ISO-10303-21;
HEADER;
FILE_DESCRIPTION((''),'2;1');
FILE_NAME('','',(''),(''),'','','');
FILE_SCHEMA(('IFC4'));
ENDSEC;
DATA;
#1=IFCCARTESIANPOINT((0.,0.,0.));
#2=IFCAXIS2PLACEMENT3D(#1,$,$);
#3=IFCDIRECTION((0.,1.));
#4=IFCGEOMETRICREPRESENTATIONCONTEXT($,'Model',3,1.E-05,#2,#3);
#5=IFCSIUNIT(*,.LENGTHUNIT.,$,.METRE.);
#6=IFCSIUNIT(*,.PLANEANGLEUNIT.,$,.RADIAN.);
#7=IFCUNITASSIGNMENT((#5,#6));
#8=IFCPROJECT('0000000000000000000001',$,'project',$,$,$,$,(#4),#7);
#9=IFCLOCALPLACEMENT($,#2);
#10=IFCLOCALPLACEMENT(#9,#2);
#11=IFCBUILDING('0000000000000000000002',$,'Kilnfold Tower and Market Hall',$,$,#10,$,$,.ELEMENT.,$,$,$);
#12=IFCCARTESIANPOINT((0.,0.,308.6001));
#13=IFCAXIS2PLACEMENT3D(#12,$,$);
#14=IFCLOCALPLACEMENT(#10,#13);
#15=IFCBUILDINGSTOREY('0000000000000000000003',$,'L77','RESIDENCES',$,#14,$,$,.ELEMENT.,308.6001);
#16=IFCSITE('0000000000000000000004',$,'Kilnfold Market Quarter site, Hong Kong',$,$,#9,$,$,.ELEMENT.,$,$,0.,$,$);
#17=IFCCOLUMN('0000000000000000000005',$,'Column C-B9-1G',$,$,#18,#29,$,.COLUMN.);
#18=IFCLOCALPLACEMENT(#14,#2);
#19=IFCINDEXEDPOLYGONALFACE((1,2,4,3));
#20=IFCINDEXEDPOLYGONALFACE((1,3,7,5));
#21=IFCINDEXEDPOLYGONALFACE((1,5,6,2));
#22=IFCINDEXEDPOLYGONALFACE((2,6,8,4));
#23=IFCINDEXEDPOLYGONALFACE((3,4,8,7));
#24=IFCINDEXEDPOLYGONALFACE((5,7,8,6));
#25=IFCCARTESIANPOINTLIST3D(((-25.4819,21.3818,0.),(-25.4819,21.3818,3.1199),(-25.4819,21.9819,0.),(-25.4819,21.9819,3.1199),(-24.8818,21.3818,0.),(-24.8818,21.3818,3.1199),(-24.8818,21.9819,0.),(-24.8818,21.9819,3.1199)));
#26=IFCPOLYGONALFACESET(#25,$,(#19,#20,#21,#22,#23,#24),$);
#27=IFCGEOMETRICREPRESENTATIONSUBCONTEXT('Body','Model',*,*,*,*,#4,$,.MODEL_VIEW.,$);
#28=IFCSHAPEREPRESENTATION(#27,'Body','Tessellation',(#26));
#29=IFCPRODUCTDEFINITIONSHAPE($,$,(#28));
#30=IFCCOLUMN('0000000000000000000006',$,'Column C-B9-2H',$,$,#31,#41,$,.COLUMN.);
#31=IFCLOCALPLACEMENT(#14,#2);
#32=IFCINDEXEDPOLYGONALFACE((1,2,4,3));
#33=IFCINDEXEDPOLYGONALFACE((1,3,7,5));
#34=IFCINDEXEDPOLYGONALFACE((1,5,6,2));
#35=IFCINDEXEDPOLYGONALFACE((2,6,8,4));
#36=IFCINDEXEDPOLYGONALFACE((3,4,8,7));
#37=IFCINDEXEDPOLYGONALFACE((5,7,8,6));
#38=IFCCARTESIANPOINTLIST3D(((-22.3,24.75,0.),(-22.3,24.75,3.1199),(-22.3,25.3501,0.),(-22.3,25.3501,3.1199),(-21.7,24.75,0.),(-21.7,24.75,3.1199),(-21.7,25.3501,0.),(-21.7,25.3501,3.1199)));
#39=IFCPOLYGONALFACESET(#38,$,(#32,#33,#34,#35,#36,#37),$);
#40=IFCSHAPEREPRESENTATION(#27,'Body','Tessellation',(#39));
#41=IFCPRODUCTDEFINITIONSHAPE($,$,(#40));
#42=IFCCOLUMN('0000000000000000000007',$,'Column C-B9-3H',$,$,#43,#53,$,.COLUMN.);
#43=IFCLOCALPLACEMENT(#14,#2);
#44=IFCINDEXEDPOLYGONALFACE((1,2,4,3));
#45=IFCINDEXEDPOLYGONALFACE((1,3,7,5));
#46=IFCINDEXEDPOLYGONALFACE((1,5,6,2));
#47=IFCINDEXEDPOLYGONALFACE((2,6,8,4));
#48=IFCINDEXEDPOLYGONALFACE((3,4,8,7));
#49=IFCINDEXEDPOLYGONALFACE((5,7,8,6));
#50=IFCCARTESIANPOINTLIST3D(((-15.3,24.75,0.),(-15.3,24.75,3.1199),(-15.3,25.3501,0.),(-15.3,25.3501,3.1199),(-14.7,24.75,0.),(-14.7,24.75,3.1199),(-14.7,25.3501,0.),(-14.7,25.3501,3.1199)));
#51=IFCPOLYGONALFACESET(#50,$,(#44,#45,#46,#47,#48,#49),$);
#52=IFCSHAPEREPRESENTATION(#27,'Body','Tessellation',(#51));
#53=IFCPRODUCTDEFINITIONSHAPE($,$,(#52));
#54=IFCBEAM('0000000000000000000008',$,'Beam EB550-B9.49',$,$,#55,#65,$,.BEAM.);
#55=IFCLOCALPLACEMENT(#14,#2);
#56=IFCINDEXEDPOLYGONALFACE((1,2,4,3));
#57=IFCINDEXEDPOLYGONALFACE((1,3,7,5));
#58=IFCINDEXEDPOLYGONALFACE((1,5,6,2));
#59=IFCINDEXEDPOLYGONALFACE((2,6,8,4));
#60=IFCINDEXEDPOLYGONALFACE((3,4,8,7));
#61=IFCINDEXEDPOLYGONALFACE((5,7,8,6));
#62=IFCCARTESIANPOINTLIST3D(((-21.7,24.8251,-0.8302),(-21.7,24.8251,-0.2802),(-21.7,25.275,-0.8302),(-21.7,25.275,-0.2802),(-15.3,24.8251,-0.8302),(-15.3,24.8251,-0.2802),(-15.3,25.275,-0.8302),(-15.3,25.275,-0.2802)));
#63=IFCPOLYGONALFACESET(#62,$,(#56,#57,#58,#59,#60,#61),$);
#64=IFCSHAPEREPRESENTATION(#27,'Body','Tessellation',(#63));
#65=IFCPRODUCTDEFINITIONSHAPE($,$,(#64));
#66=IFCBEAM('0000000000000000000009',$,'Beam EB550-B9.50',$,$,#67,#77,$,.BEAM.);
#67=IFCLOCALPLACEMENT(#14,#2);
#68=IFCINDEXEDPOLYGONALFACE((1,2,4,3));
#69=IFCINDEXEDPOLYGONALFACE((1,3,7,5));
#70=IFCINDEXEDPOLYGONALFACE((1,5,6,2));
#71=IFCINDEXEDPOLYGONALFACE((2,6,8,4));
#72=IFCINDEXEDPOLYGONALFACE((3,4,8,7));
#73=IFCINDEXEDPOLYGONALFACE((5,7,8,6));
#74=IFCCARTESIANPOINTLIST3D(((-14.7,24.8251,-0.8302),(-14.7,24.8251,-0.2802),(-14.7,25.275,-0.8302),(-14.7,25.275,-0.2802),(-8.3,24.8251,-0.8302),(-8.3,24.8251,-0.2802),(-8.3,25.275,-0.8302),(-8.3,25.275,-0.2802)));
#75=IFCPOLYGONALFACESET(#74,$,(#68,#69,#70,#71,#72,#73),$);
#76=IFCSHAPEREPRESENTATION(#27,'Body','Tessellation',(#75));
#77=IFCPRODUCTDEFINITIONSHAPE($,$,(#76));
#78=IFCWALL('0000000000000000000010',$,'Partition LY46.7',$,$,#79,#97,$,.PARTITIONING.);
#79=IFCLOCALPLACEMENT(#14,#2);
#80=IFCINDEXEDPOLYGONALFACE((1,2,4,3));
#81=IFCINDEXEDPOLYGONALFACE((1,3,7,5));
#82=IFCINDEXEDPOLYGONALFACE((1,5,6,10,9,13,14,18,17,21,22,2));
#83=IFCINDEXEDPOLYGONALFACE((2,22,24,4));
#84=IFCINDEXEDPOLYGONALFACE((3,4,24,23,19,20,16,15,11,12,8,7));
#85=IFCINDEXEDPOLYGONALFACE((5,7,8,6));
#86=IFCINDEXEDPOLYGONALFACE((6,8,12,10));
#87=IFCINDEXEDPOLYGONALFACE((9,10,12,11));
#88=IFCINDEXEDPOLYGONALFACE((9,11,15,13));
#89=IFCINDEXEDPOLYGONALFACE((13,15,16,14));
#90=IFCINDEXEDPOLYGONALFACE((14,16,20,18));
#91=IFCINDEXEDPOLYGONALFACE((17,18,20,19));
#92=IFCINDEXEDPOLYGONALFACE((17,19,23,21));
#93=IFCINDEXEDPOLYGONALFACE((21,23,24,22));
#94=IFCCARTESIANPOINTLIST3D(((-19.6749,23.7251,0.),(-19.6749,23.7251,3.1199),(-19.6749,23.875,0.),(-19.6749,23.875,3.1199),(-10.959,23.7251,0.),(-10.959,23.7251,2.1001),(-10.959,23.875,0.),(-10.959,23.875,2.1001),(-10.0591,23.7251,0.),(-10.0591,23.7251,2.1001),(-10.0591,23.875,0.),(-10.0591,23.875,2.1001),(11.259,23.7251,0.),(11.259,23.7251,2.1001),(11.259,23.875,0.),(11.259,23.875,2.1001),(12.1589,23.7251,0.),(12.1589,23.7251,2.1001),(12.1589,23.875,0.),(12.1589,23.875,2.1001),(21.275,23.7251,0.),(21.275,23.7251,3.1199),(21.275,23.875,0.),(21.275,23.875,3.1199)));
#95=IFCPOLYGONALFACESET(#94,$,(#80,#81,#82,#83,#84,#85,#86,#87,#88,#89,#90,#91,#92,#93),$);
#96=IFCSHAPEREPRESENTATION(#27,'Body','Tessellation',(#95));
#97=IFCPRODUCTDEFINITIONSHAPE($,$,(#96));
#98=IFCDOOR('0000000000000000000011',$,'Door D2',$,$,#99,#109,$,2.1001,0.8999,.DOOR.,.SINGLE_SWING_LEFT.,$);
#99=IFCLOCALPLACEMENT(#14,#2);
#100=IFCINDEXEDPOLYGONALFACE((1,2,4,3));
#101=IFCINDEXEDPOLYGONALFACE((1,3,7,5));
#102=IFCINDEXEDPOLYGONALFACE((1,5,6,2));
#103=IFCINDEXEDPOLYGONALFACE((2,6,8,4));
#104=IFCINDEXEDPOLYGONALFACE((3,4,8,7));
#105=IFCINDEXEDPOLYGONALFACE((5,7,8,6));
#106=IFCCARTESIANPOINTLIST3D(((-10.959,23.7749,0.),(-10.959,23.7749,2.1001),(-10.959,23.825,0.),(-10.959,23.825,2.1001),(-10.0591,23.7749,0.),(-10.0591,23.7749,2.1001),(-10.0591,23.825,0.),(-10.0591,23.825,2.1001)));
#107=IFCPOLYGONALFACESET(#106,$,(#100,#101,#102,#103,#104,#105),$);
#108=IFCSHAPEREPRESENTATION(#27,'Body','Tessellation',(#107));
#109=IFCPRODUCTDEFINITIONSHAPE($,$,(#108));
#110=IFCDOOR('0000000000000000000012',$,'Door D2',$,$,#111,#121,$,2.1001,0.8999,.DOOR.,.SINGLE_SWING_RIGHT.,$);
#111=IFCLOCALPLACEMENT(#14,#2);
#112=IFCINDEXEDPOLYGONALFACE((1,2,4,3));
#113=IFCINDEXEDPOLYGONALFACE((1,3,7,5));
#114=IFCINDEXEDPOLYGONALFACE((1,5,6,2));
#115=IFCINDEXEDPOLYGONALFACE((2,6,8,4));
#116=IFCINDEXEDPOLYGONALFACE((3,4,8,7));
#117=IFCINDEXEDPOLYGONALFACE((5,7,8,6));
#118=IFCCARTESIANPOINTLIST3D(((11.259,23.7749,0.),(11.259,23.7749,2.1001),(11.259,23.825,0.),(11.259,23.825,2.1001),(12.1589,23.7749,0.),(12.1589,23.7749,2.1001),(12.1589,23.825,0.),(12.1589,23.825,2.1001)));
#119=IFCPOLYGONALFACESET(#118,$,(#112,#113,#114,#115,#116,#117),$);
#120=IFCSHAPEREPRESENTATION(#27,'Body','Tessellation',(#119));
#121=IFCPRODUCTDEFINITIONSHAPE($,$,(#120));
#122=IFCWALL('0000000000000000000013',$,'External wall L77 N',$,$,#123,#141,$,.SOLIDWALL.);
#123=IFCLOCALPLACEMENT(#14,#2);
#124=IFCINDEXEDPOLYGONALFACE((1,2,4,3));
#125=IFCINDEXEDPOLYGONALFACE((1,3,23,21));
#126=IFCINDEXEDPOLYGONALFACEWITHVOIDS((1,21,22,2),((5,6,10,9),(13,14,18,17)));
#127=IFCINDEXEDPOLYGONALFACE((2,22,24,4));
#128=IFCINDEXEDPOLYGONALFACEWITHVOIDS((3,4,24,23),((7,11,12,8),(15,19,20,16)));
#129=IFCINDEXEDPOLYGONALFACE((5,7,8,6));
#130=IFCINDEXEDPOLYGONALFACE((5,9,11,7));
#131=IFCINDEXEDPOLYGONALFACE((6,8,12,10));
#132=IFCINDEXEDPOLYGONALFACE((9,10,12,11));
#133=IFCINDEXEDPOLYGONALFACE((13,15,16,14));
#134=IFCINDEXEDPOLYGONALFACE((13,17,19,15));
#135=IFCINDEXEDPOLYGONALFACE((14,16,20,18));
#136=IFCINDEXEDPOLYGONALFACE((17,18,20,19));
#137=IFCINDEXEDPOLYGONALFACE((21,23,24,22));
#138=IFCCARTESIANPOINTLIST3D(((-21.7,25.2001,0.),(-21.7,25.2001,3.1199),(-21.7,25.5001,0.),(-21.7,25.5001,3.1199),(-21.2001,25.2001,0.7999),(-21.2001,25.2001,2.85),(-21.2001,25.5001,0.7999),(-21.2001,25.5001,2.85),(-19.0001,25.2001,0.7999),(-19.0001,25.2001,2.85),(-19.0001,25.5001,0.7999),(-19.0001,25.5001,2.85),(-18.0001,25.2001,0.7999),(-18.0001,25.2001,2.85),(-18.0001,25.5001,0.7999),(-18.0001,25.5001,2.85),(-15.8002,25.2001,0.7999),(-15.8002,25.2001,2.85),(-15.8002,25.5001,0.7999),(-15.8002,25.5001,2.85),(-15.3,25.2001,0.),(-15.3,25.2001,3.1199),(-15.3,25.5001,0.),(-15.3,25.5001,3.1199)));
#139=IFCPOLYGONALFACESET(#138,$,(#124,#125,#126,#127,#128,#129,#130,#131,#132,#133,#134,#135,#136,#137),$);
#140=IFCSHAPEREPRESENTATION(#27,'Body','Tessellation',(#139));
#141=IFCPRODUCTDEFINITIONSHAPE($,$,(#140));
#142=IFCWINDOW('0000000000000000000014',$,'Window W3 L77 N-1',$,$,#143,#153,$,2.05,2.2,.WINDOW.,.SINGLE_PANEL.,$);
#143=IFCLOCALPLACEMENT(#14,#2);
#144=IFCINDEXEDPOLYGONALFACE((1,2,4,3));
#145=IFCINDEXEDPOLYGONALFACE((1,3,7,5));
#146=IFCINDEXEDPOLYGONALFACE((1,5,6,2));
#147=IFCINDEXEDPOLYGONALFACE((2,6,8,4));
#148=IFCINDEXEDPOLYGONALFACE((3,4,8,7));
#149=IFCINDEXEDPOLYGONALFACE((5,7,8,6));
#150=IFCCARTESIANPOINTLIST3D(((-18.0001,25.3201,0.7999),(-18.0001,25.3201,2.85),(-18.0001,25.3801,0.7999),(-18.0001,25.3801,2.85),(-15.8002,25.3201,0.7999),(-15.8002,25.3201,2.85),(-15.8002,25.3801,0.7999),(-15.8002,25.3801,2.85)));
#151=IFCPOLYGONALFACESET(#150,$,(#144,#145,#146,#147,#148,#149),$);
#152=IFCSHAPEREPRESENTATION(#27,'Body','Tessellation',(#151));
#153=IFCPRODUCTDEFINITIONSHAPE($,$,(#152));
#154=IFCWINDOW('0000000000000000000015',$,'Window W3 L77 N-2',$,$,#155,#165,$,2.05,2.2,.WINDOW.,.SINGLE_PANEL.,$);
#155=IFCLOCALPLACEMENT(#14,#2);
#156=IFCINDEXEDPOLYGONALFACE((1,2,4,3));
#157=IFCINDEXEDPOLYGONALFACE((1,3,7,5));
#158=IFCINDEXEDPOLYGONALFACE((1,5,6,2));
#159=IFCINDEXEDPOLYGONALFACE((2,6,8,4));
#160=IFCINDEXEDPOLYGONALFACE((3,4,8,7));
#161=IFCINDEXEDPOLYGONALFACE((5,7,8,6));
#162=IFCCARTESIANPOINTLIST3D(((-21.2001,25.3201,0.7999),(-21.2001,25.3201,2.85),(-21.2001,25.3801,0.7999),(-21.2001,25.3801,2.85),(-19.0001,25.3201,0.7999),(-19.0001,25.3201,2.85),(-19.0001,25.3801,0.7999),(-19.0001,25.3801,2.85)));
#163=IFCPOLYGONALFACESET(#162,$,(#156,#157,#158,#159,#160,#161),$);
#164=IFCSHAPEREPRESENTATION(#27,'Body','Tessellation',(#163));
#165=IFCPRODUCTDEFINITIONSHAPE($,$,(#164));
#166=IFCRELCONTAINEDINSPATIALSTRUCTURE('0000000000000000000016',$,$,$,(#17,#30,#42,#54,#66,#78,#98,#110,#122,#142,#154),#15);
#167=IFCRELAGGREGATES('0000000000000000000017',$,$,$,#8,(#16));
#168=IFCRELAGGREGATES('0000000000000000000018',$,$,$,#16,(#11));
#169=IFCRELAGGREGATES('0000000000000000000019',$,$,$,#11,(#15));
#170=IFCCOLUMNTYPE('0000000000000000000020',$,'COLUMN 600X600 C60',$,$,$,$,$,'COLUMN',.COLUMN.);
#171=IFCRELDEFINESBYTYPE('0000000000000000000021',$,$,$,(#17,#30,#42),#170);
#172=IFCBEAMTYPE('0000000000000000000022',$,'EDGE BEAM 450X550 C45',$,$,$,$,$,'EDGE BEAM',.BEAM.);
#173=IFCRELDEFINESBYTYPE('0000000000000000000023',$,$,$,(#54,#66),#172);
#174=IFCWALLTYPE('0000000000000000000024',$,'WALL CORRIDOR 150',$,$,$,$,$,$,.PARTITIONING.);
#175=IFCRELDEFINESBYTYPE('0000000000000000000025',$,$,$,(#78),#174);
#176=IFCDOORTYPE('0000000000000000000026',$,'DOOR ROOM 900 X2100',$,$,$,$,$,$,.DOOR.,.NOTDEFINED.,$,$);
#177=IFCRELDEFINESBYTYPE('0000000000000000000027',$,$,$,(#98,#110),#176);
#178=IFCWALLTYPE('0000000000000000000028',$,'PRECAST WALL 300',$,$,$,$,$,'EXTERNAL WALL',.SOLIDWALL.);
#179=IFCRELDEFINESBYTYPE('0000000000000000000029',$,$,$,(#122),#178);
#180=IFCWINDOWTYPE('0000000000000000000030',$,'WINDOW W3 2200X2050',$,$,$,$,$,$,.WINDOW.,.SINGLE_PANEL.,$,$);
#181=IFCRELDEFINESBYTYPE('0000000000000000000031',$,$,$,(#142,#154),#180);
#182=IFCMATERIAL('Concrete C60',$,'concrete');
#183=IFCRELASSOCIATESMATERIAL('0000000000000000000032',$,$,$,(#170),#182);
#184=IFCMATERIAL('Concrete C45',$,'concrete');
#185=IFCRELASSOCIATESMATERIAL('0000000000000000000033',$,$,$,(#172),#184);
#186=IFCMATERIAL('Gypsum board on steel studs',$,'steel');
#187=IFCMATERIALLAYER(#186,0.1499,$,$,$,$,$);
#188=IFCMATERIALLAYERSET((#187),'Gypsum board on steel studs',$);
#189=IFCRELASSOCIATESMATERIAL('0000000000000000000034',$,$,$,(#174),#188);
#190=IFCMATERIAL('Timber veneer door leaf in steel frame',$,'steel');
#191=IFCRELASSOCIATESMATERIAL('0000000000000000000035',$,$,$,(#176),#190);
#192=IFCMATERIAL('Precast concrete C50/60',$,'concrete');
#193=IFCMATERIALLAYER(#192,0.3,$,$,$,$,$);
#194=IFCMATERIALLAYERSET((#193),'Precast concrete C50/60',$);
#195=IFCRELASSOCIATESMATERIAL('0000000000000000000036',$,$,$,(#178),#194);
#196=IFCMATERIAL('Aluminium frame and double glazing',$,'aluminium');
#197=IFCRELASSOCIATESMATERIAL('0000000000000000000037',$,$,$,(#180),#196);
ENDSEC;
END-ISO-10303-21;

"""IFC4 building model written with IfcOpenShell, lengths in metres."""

from ifc_helpers import new_model, si_unit, direction, frame, frame_2d, origin, origin_2d, place, context, subcontext, project, spatial, rectangle, extrude, source, transform, mapped, material, layer, layer_set, material_profile, profile_set, type_object, element, fill, save


model = new_model("IFC4")

# Units and contexts
model_context = context("Model", 3, precision=1e-05, world=origin(), true_north=direction((0.0, 1.0)))
body_context = subcontext(model_context, "Body", "Model", "MODEL_VIEW")
ifc_project = project(units=[si_unit("LENGTHUNIT", "METRE"), si_unit("PLANEANGLEUNIT", "RADIAN")], contexts=[model_context])

# Site, building, storey
site_placement = place(None, origin())
site = spatial("IfcSite", under=ifc_project, at=site_placement, Name="Kilnfold Market Quarter site, Hong Kong", CompositionType="ELEMENT", RefElevation=0.0)
building_placement = place(site_placement, origin())
building = spatial("IfcBuilding", under=site, at=building_placement, Name="Kilnfold Tower and Market Hall", CompositionType="ELEMENT")
storey_placement = place(building_placement, frame((0.0, 0.0, 308.6001)))
storey = spatial("IfcBuildingStorey", under=building, at=storey_placement, Name="L77", Description="RESIDENCES", CompositionType="ELEMENT", Elevation=308.6001)

# Columns
ifc_material_1 = material(Name="Concrete C60", Category="concrete")
ifc_material_profile_1 = material_profile(ifc_material_1, rectangle(XDim=0.6001, YDim=0.6001, at=origin_2d()), Name="RC 600x600")
ifc_profile_set_1 = profile_set([ifc_material_profile_1], Name="Concrete C60")
column_type = type_object("IfcColumnType", Name="COLUMN 600X600 C60", ElementType="COLUMN", PredefinedType="COLUMN", material=ifc_profile_set_1)
shared_shape_1 = source(origin(), body_context, "Body", "SweptSolid", [
    extrude(rectangle(XDim=0.6001, YDim=0.6001, at=origin_2d()), origin(), (0.0, 0.0, 1.0), 3.1199),
])
for number, where, z_axis, x_axis, name in (
    (1, (-25.1819, 21.6819, 0.0), (0.0, 0.0, 1.0), (1.0, 0.0, 0.0), "Column C-B9-1G"),
    (2, (-22.0, 25.05, 0.0), (0.0, 0.0, 1.0), (1.0, 0.0, 0.0), "Column C-B9-2H"),
    (3, (-15.0, 25.05, 0.0), (0.0, 0.0, 1.0), (1.0, 0.0, 0.0), "Column C-B9-3H"),
):
    element("IfcColumn", number, at=place(storey_placement, frame(where, z_axis=z_axis, x_axis=x_axis)), inside=storey, type_object=column_type, Name=name, PredefinedType="COLUMN", context=body_context, shape_type="MappedRepresentation", body=[
        mapped(shared_shape_1, transform((0.0, 0.0, 0.0))),
    ])

# Beams
ifc_material_2 = material(Name="Concrete C45", Category="concrete")
ifc_material_profile_2 = material_profile(ifc_material_2, rectangle(XDim=0.45, YDim=0.55, at=origin_2d()), Name="RC 450x550")
ifc_profile_set_2 = profile_set([ifc_material_profile_2], Name="Concrete C45")
beam_type = type_object("IfcBeamType", Name="EDGE BEAM 450X550 C45", ElementType="EDGE BEAM", PredefinedType="BEAM", material=ifc_profile_set_2)
shared_shape_2 = source(origin(), body_context, "Body", "SweptSolid", [
    extrude(rectangle(XDim=0.45, YDim=0.55, at=origin_2d()), origin(), (0.0, 0.0, 1.0), 6.3999),
])
for number, where, z_axis, x_axis, name in (
    (4, (-21.7, 25.05, -0.5552), (1.0, 0.0, 0.0), (0.0, 1.0, 0.0), "Beam EB550-B9.49"),
    (5, (-14.7, 25.05, -0.5552), (1.0, 0.0, 0.0), (0.0, 1.0, 0.0), "Beam EB550-B9.50"),
):
    element("IfcBeam", number, at=place(storey_placement, frame(where, z_axis=z_axis, x_axis=x_axis)), inside=storey, type_object=beam_type, Name=name, PredefinedType="BEAM", context=body_context, shape_type="MappedRepresentation", body=[
        mapped(shared_shape_2, transform((0.0, 0.0, 0.0))),
    ])

# Wall, openings, doors
ifc_material_3 = material(Name="Gypsum board on steel studs", Category="steel")
ifc_layer_1 = layer(ifc_material_3, 0.1499)
ifc_layer_set_1 = layer_set([ifc_layer_1], Name="Gypsum board on steel studs")
wall_type_1 = type_object("IfcWallType", Name="WALL CORRIDOR 150", PredefinedType="PARTITIONING", material=ifc_layer_set_1)
wall_1_placement = place(storey_placement, frame((-19.675, 23.8, 0.0), z_axis=(0.0, 0.0, 1.0), x_axis=(1.0, 0.0, 0.0)))
wall_1 = element("IfcWall", 6, at=wall_1_placement, inside=storey, type_object=wall_type_1, Name="Partition LY46.7", PredefinedType="PARTITIONING", context=body_context, shape_type="SweptSolid", body=[
    extrude(rectangle(XDim=40.95, YDim=0.1499, at=frame_2d((20.4751, 0.0))), origin(), (0.0, 0.0, 1.0), 3.1199),
])
opening_1_placement = place(wall_1_placement, frame((8.7161, 0.0, 0.0)))
opening_1 = element("IfcOpeningElement", 7, at=opening_1_placement, cuts=wall_1, PredefinedType="OPENING", context=body_context, shape_type="SweptSolid", body=[
    extrude(rectangle(XDim=0.8999, YDim=2.1001, at=frame_2d((0.45, 1.05))), frame((0.0, 0.085, 0.0), z_axis=(0.0, -1.0, 0.0), x_axis=(1.0, 0.0, 0.0)), (0.0, 0.0, 1.0), 0.1699),
])
opening_2_placement = place(wall_1_placement, frame((30.9341, 0.0, 0.0)))
opening_2 = element("IfcOpeningElement", 8, at=opening_2_placement, cuts=wall_1, PredefinedType="OPENING", context=body_context, shape_type="SweptSolid", body=[
    extrude(rectangle(XDim=0.8999, YDim=2.1001, at=frame_2d((0.45, 1.05))), frame((0.0, 0.085, 0.0), z_axis=(0.0, -1.0, 0.0), x_axis=(1.0, 0.0, 0.0)), (0.0, 0.0, 1.0), 0.1699),
])
ifc_material_4 = material(Name="Timber veneer door leaf in steel frame", Category="steel")
door_type = type_object("IfcDoorType", Name="DOOR ROOM 900 X2100", OperationType="NOTDEFINED", PredefinedType="DOOR", material=ifc_material_4)
door_1_placement = place(opening_1_placement, origin())
door_1 = element("IfcDoor", 9, at=door_1_placement, inside=storey, type_object=door_type, Name="Door D2", OperationType="SINGLE_SWING_LEFT", OverallHeight=2.1001, OverallWidth=0.8999, PredefinedType="DOOR", context=body_context, shape_type="SweptSolid", body=[
    extrude(rectangle(XDim=0.8999, YDim=2.1001, at=frame_2d((0.45, 1.05))), frame((0.0, 0.0249, 0.0), z_axis=(0.0, -1.0, 0.0), x_axis=(1.0, 0.0, 0.0)), (0.0, 0.0, 1.0), 0.05),
])
fill(opening_1, door_1)
door_2_placement = place(opening_2_placement, origin())
door_2 = element("IfcDoor", 10, at=door_2_placement, inside=storey, type_object=door_type, Name="Door D2", OperationType="SINGLE_SWING_RIGHT", OverallHeight=2.1001, OverallWidth=0.8999, PredefinedType="DOOR", context=body_context, shape_type="SweptSolid", body=[
    extrude(rectangle(XDim=0.8999, YDim=2.1001, at=frame_2d((0.45, 1.05))), frame((0.0, 0.0249, 0.0), z_axis=(0.0, -1.0, 0.0), x_axis=(1.0, 0.0, 0.0)), (0.0, 0.0, 1.0), 0.05),
])
fill(opening_2, door_2)

# Wall, openings, windows
ifc_material_5 = material(Name="Precast concrete C50/60", Category="concrete")
ifc_layer_2 = layer(ifc_material_5, 0.3)
ifc_layer_set_2 = layer_set([ifc_layer_2], Name="Precast concrete C50/60")
wall_type_2 = type_object("IfcWallType", Name="PRECAST WALL 300", ElementType="EXTERNAL WALL", PredefinedType="SOLIDWALL", material=ifc_layer_set_2)
shared_shape_3 = source(origin(), body_context, "Body", "SweptSolid", [
    extrude(rectangle(XDim=6.3999, YDim=0.3, at=frame_2d((3.2, 0.0))), origin(), (0.0, 0.0, 1.0), 3.1199),
])
wall_2_placement = place(storey_placement, frame((-15.3, 25.3501, 0.0), z_axis=(0.0, 0.0, 1.0), x_axis=(-1.0, 0.0, 0.0)))
wall_2 = element("IfcWall", 11, at=wall_2_placement, inside=storey, type_object=wall_type_2, Name="External wall L77 N", PredefinedType="SOLIDWALL", context=body_context, shape_type="MappedRepresentation", body=[
    mapped(shared_shape_3, transform((0.0, 0.0, 0.0))),
])
opening_3_placement = place(wall_2_placement, frame((0.5, 0.0, 0.8)))
opening_3 = element("IfcOpeningElement", 12, at=opening_3_placement, cuts=wall_2, PredefinedType="OPENING", context=body_context, shape_type="SweptSolid", body=[
    extrude(rectangle(XDim=2.2, YDim=2.05, at=frame_2d((1.1001, 1.0249))), frame((0.0, 0.1602, 0.0), z_axis=(0.0, -1.0, 0.0), x_axis=(1.0, 0.0, 0.0)), (0.0, 0.0, 1.0), 0.3201),
])
opening_4_placement = place(wall_2_placement, frame((3.7, 0.0, 0.8)))
opening_4 = element("IfcOpeningElement", 13, at=opening_4_placement, cuts=wall_2, PredefinedType="OPENING", context=body_context, shape_type="SweptSolid", body=[
    extrude(rectangle(XDim=2.2, YDim=2.05, at=frame_2d((1.1001, 1.0249))), frame((0.0, 0.1602, 0.0), z_axis=(0.0, -1.0, 0.0), x_axis=(1.0, 0.0, 0.0)), (0.0, 0.0, 1.0), 0.3201),
])
ifc_material_6 = material(Name="Aluminium frame and double glazing", Category="aluminium")
window_type = type_object("IfcWindowType", Name="WINDOW W3 2200X2050", PartitioningType="SINGLE_PANEL", PredefinedType="WINDOW", material=ifc_material_6)
window_1_placement = place(opening_3_placement, origin())
window_1 = element("IfcWindow", 14, at=window_1_placement, inside=storey, type_object=window_type, Name="Window W3 L77 N-1", OverallHeight=2.05, OverallWidth=2.2, PartitioningType="SINGLE_PANEL", PredefinedType="WINDOW", context=body_context, shape_type="SweptSolid", body=[
    extrude(rectangle(XDim=2.2, YDim=2.05, at=frame_2d((1.1001, 1.0249))), frame((0.0, 0.03, 0.0), z_axis=(0.0, -1.0, 0.0), x_axis=(1.0, 0.0, 0.0)), (0.0, 0.0, 1.0), 0.0601),
])
fill(opening_3, window_1)
window_2_placement = place(opening_4_placement, origin())
window_2 = element("IfcWindow", 15, at=window_2_placement, inside=storey, type_object=window_type, Name="Window W3 L77 N-2", OverallHeight=2.05, OverallWidth=2.2, PartitioningType="SINGLE_PANEL", PredefinedType="WINDOW", context=body_context, shape_type="SweptSolid", body=[
    extrude(rectangle(XDim=2.2, YDim=2.05, at=frame_2d((1.1001, 1.0249))), frame((0.0, 0.03, 0.0), z_axis=(0.0, -1.0, 0.0), x_axis=(1.0, 0.0, 0.0)), (0.0, 0.0, 1.0), 0.0601),
])
fill(opening_4, window_2)

save(model, "model.ifc")
